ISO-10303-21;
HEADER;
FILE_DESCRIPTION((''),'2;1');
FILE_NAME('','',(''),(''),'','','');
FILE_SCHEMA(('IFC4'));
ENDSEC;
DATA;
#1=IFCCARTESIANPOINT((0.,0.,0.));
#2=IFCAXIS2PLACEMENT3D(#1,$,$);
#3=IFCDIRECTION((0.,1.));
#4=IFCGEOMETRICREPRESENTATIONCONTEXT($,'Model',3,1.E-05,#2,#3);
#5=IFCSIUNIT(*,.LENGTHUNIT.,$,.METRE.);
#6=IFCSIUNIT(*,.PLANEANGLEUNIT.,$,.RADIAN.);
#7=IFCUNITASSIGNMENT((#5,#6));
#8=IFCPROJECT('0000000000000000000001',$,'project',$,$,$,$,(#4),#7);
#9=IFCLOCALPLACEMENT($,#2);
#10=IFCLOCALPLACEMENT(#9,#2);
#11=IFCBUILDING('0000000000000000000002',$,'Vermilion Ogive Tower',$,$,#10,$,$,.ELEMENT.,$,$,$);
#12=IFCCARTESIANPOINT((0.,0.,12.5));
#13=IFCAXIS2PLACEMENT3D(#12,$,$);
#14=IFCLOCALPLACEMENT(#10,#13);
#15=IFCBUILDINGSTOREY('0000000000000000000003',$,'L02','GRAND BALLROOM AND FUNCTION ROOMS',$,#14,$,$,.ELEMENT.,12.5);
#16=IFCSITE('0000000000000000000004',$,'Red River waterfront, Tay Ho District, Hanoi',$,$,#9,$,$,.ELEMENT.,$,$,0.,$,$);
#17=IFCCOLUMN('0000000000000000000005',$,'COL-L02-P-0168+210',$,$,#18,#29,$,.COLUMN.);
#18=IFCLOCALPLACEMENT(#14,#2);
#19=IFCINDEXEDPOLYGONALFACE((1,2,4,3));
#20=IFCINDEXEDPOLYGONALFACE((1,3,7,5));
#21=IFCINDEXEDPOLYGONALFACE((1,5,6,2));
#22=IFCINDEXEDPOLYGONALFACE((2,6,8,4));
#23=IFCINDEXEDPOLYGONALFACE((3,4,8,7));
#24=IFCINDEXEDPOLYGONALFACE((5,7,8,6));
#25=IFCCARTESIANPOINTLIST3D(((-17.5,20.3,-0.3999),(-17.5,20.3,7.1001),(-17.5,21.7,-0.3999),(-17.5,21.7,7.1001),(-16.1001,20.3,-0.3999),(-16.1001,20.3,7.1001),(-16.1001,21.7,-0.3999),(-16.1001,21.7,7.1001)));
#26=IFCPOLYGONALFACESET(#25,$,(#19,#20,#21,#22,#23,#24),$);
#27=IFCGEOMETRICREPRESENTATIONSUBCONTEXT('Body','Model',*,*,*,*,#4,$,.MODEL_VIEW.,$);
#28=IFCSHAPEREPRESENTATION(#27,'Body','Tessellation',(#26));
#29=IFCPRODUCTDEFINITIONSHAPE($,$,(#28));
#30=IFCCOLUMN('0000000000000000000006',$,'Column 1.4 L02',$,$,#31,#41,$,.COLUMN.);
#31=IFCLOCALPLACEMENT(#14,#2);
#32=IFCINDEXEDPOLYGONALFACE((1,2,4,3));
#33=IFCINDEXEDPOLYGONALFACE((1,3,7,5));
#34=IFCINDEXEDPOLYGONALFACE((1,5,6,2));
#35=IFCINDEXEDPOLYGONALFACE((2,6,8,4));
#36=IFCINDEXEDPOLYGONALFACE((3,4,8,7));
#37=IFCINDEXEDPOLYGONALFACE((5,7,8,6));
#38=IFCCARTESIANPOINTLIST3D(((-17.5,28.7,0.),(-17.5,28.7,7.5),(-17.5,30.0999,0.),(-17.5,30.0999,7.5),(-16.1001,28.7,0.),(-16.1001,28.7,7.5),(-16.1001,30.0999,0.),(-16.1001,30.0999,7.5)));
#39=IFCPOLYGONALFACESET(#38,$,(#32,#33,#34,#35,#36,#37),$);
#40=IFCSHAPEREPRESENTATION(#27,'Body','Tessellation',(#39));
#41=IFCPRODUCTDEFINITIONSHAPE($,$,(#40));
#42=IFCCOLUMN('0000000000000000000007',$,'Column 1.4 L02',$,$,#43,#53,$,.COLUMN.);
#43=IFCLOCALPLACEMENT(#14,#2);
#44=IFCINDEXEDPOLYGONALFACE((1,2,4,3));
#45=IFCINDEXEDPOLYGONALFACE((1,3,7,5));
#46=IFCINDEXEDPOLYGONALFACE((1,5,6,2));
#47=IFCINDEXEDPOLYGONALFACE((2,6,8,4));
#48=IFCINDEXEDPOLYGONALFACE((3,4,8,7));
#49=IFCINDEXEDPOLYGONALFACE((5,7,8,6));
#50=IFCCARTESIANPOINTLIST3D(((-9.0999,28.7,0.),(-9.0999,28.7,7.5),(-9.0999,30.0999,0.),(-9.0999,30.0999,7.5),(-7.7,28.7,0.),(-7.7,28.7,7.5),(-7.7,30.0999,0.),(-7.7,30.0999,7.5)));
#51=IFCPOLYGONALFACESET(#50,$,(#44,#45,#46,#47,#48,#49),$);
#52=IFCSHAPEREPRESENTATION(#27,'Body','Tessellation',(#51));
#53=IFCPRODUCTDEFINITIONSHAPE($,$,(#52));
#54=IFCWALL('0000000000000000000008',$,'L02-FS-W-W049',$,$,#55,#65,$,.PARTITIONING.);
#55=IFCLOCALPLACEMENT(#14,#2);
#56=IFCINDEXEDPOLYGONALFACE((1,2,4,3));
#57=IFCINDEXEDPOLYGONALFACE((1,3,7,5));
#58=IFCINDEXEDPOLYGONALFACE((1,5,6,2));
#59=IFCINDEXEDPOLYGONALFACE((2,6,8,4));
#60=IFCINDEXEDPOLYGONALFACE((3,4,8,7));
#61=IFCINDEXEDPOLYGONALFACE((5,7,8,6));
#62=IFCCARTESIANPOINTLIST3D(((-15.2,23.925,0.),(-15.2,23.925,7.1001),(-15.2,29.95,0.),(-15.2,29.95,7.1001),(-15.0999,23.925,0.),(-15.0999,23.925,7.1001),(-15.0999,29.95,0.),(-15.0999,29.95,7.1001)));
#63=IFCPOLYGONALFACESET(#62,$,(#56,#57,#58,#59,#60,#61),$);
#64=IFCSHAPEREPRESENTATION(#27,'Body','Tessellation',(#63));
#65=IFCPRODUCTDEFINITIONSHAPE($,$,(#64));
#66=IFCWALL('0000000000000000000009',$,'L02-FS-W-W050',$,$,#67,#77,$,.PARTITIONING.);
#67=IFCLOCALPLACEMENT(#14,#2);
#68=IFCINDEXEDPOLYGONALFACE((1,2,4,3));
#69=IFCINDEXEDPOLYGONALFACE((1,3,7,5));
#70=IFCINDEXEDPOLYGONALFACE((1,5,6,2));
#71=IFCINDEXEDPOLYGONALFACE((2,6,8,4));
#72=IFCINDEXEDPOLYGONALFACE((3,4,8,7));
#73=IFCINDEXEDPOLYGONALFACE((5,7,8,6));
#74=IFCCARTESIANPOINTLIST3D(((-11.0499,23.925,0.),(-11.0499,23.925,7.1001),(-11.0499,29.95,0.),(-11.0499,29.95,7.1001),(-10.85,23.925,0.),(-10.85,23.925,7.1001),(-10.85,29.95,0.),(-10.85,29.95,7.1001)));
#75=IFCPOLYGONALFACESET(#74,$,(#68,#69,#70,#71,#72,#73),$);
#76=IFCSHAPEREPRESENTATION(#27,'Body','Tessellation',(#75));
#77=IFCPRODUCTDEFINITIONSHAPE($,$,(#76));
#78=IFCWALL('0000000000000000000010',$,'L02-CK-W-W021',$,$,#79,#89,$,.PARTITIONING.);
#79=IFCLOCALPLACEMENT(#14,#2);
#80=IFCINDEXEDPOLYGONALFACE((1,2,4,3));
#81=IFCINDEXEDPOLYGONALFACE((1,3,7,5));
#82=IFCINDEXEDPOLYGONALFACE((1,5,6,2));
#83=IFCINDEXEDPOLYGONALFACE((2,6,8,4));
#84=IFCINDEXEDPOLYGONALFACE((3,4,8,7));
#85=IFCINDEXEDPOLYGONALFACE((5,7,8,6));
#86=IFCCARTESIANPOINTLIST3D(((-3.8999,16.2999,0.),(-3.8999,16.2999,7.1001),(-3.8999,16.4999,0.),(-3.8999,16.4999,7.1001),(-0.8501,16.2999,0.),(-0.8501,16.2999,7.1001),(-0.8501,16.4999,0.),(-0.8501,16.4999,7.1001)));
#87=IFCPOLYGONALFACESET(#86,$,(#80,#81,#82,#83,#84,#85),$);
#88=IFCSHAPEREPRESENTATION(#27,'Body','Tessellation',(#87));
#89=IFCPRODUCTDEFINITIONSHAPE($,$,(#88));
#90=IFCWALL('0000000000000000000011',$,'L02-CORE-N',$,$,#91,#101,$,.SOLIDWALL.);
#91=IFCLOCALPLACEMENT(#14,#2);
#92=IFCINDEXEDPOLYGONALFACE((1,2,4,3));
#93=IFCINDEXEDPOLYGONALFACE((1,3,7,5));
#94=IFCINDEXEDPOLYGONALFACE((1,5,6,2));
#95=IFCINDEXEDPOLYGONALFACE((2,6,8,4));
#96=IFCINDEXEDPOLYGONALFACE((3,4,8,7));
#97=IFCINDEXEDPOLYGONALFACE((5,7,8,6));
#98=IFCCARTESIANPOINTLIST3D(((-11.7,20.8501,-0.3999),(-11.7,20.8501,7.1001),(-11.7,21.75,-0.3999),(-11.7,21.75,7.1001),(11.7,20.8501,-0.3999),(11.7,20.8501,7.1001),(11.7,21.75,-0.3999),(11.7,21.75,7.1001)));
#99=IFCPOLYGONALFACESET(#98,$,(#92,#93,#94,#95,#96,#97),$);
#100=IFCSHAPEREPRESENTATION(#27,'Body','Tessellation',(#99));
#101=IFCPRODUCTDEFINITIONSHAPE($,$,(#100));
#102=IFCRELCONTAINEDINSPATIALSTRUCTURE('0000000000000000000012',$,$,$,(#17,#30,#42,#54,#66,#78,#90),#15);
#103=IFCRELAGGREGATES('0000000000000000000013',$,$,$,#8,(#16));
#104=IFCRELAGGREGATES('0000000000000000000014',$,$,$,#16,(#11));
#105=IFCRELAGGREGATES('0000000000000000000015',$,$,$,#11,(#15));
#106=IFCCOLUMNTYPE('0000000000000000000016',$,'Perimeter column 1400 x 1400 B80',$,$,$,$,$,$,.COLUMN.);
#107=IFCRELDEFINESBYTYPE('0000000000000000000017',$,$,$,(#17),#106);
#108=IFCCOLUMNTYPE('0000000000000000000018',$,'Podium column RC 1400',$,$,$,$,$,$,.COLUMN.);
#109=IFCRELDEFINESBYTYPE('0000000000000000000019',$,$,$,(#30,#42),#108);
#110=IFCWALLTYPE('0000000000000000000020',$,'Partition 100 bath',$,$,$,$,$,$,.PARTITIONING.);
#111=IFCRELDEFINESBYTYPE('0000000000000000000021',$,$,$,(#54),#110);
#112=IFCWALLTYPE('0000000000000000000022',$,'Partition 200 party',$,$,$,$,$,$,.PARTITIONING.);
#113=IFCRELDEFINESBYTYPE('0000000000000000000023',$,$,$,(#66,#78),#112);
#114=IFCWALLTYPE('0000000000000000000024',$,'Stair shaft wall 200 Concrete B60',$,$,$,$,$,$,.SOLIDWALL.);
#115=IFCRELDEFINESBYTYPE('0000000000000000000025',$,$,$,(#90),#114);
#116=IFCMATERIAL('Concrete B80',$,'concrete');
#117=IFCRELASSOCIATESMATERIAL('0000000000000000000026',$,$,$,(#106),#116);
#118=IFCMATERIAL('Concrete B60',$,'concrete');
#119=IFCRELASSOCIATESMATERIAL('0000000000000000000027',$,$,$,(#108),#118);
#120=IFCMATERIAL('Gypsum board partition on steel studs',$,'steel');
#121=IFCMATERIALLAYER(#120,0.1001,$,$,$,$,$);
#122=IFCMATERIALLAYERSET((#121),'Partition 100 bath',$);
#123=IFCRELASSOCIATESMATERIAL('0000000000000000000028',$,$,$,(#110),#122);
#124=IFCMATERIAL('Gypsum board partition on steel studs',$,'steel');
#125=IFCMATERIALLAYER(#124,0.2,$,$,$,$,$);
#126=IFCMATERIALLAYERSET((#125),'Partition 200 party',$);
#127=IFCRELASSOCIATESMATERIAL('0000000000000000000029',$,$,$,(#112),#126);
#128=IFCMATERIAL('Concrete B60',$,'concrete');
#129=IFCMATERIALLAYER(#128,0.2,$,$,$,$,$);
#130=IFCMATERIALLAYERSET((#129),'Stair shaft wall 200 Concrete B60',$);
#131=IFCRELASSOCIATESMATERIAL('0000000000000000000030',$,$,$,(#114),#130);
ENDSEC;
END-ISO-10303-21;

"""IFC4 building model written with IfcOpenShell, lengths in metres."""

from ifc_helpers import new_model, si_unit, direction, frame, frame_2d, origin, origin_2d, place, context, subcontext, project, spatial, rectangle, extrude, material, layer, layer_set, material_profile, profile_set, type_object, element, save


model = new_model("IFC4")

# Units and contexts
model_context = context("Model", 3, precision=1e-05, world=origin(), true_north=direction((0.0, 1.0)))
body_context = subcontext(model_context, "Body", "Model", "MODEL_VIEW")
ifc_project = project(units=[si_unit("LENGTHUNIT", "METRE"), si_unit("PLANEANGLEUNIT", "RADIAN")], contexts=[model_context])

# Site, building, storey
site_placement = place(None, origin())
site = spatial("IfcSite", under=ifc_project, at=site_placement, Name="Red River waterfront, Tay Ho District, Hanoi", CompositionType="ELEMENT", RefElevation=0.0)
building_placement = place(site_placement, origin())
building = spatial("IfcBuilding", under=site, at=building_placement, Name="Vermilion Ogive Tower", CompositionType="ELEMENT")
storey_placement = place(building_placement, frame((0.0, 0.0, 12.5)))
storey = spatial("IfcBuildingStorey", under=building, at=storey_placement, Name="L02", Description="GRAND BALLROOM AND FUNCTION ROOMS", CompositionType="ELEMENT", Elevation=12.5)

# Columns
ifc_material_1 = material(Name="Concrete B80", Category="concrete")
ifc_material_profile_1 = material_profile(ifc_material_1, rectangle(XDim=1.3999, YDim=1.3999, at=origin_2d()), Name="1400 x 1400")
ifc_profile_set_1 = profile_set([ifc_material_profile_1], Name="Concrete B80")
column_type_1 = type_object("IfcColumnType", Name="Perimeter column 1400 x 1400 B80", PredefinedType="COLUMN", material=ifc_profile_set_1)
column_placement = place(storey_placement, frame((-16.8, 21.0, -0.3999), z_axis=(0.0, 0.0, 1.0), x_axis=(1.0, 0.0, 0.0)))
element("IfcColumn", 1, at=column_placement, inside=storey, type_object=column_type_1, Name="COL-L02-P-0168+210", PredefinedType="COLUMN", context=body_context, shape_type="SweptSolid", body=[
    extrude(rectangle(XDim=1.3999, YDim=1.3999, at=origin_2d()), origin(), (0.0, 0.0, 1.0), 7.5),
])
ifc_material_2 = material(Name="Concrete B60", Category="concrete")
ifc_material_profile_2 = material_profile(ifc_material_2, rectangle(XDim=1.3999, YDim=1.3999, at=origin_2d()), Name="RC 1400x1400")
ifc_profile_set_2 = profile_set([ifc_material_profile_2], Name="Concrete B60")
column_type_2 = type_object("IfcColumnType", Name="Podium column RC 1400", PredefinedType="COLUMN", material=ifc_profile_set_2)
for number, where, z_axis, x_axis, name in (
    (2, (-16.8, 29.3999, 0.0), (0.0, 0.0, 1.0), (1.0, 0.0, 0.0), "Column 1.4 L02"),
    (3, (-8.3999, 29.3999, 0.0), (0.0, 0.0, 1.0), (1.0, 0.0, 0.0), "Column 1.4 L02"),
):
    element("IfcColumn", number, at=place(storey_placement, frame(where, z_axis=z_axis, x_axis=x_axis)), inside=storey, type_object=column_type_2, Name=name, PredefinedType="COLUMN", context=body_context, shape_type="SweptSolid", body=[
        extrude(rectangle(XDim=1.3999, YDim=1.3999, at=origin_2d()), origin(), (0.0, 0.0, 1.0), 7.5),
    ])

# Walls
ifc_material_3 = material(Name="Gypsum board partition on steel studs", Category="steel")
ifc_layer_1 = layer(ifc_material_3, 0.1001)
ifc_layer_set_1 = layer_set([ifc_layer_1], Name="Partition 100 bath")
wall_type_1 = type_object("IfcWallType", Name="Partition 100 bath", PredefinedType="PARTITIONING", material=ifc_layer_set_1)
wall_1_placement = place(storey_placement, frame((-15.1499, 23.925, 0.0), z_axis=(0.0, 0.0, 1.0), x_axis=(0.0, 1.0, 0.0)))
element("IfcWall", 4, at=wall_1_placement, inside=storey, type_object=wall_type_1, Name="L02-FS-W-W049", PredefinedType="PARTITIONING", context=body_context, shape_type="SweptSolid", body=[
    extrude(rectangle(XDim=6.0249, YDim=0.1001, at=frame_2d((3.0125, 0.0))), origin(), (0.0, 0.0, 1.0), 7.1001),
])
ifc_material_4 = material(Name="Gypsum board partition on steel studs", Category="steel")
ifc_layer_2 = layer(ifc_material_4, 0.2)
ifc_layer_set_2 = layer_set([ifc_layer_2], Name="Partition 200 party")
wall_type_2 = type_object("IfcWallType", Name="Partition 200 party", PredefinedType="PARTITIONING", material=ifc_layer_set_2)
wall_2_placement = place(storey_placement, frame((-10.95, 23.925, 0.0), z_axis=(0.0, 0.0, 1.0), x_axis=(0.0, 1.0, 0.0)))
element("IfcWall", 5, at=wall_2_placement, inside=storey, type_object=wall_type_2, Name="L02-FS-W-W050", PredefinedType="PARTITIONING", context=body_context, shape_type="SweptSolid", body=[
    extrude(rectangle(XDim=6.0249, YDim=0.2, at=frame_2d((3.0125, 0.0))), origin(), (0.0, 0.0, 1.0), 7.1001),
])
wall_3_placement = place(storey_placement, frame((-3.8999, 16.3999, 0.0), z_axis=(0.0, 0.0, 1.0), x_axis=(1.0, 0.0, 0.0)))
element("IfcWall", 6, at=wall_3_placement, inside=storey, type_object=wall_type_2, Name="L02-CK-W-W021", PredefinedType="PARTITIONING", context=body_context, shape_type="SweptSolid", body=[
    extrude(rectangle(XDim=3.0498, YDim=0.2, at=frame_2d((1.5249, 0.0))), origin(), (0.0, 0.0, 1.0), 7.1001),
])
ifc_material_5 = material(Name="Concrete B60", Category="concrete")
ifc_layer_3 = layer(ifc_material_5, 0.2)
ifc_layer_set_3 = layer_set([ifc_layer_3], Name="Stair shaft wall 200 Concrete B60")
wall_type_3 = type_object("IfcWallType", Name="Stair shaft wall 200 Concrete B60", PredefinedType="SOLIDWALL", material=ifc_layer_set_3)
wall_4_placement = place(storey_placement, frame((-11.7, 21.3, -0.3999), z_axis=(0.0, 0.0, 1.0), x_axis=(1.0, 0.0, 0.0)))
element("IfcWall", 7, at=wall_4_placement, inside=storey, type_object=wall_type_3, Name="L02-CORE-N", PredefinedType="SOLIDWALL", context=body_context, shape_type="SweptSolid", body=[
    extrude(rectangle(XDim=23.3999, YDim=0.8999, at=frame_2d((11.7, 0.0))), origin(), (0.0, 0.0, 1.0), 7.5),
])

save(model, "model.ifc")
